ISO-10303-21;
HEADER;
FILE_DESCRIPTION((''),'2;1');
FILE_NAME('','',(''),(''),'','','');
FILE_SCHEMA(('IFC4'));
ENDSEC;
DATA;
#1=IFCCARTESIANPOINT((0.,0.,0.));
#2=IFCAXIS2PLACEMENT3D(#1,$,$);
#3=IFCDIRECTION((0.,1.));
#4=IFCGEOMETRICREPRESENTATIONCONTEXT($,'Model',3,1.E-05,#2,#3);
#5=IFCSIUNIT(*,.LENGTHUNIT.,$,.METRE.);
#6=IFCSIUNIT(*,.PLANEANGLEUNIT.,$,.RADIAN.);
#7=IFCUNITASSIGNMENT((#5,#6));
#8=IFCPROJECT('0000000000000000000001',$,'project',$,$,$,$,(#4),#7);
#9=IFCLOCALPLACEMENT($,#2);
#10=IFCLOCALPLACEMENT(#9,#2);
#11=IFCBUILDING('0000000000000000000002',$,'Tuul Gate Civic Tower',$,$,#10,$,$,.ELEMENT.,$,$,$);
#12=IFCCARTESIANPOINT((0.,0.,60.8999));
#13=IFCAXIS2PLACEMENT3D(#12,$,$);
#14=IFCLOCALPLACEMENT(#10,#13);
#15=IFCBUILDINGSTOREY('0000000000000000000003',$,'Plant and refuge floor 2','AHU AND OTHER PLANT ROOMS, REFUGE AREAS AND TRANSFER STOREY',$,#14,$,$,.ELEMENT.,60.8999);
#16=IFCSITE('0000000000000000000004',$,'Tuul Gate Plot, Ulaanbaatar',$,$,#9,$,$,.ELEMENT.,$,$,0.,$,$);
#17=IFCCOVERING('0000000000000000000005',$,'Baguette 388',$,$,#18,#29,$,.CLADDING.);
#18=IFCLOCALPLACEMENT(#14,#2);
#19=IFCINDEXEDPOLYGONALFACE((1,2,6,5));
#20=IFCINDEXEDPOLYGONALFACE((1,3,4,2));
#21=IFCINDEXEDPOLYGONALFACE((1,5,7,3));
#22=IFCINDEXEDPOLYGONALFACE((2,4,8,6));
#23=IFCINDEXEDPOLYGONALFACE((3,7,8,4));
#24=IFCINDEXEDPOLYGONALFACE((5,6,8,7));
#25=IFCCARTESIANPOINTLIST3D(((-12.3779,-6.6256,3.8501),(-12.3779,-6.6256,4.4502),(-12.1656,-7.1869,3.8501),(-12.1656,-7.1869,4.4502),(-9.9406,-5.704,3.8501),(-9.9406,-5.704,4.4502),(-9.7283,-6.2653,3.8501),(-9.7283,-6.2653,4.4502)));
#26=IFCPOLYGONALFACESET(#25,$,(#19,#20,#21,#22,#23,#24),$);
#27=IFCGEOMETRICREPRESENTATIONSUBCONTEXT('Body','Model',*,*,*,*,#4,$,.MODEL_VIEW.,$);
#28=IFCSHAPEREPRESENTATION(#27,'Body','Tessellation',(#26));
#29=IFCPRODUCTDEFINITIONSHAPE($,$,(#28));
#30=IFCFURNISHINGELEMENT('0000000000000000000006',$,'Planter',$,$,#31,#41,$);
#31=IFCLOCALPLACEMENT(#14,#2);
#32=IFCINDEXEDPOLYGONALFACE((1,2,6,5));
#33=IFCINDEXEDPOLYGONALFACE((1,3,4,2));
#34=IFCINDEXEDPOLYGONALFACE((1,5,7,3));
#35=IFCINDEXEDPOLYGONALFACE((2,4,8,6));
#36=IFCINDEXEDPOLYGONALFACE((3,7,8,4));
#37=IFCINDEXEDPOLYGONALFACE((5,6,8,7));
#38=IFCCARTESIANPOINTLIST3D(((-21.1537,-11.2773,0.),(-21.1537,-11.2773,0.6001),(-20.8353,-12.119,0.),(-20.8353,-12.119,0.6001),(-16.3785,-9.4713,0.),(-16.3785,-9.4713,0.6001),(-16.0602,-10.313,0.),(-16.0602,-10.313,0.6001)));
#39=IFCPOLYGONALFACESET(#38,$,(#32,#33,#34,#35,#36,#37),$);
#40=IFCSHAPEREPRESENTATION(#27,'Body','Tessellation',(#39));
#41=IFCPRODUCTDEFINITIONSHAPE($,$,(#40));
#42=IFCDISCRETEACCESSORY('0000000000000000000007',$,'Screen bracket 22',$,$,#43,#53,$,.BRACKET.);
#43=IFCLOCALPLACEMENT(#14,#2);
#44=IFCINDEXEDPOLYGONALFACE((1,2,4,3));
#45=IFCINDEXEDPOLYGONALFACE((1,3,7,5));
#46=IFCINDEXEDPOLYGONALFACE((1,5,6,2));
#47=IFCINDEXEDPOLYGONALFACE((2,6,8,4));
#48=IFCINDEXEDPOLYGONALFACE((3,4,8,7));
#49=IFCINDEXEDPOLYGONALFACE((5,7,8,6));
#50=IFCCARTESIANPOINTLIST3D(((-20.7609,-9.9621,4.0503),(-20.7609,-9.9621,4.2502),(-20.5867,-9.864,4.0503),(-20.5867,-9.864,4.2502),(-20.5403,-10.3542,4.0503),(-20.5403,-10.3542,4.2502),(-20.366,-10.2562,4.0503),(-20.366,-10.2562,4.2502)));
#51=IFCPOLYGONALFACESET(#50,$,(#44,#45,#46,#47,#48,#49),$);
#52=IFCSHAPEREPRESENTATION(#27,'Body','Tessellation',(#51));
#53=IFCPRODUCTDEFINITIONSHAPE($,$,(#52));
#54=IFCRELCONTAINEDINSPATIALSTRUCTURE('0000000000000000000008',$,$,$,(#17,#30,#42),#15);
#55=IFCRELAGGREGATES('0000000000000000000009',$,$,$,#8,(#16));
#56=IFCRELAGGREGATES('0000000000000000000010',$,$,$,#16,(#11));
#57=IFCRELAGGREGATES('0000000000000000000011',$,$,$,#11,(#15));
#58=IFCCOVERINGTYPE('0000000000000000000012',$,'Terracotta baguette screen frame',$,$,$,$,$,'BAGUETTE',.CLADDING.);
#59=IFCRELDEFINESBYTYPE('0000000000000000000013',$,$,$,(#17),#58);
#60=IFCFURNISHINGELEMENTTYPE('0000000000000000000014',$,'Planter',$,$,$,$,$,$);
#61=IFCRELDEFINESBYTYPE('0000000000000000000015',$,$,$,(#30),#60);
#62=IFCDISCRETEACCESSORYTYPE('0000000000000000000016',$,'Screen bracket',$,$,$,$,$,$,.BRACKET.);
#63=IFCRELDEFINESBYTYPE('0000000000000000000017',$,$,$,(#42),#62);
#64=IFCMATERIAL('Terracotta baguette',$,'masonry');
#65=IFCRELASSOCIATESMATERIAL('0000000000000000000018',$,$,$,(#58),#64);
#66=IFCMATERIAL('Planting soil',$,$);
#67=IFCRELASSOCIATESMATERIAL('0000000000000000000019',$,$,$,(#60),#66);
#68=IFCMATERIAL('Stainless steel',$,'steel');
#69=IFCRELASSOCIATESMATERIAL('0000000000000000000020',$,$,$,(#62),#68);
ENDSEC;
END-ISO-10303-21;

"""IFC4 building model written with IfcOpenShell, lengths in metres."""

from ifc_helpers import new_model, si_unit, direction, frame, origin, origin_2d, place, context, subcontext, project, spatial, rectangle, extrude, material, material_profile, profile_set, type_object, element, save


model = new_model("IFC4")

# Units and contexts
model_context = context("Model", 3, precision=1e-05, world=origin(), true_north=direction((0.0, 1.0)))
body_context = subcontext(model_context, "Body", "Model", "MODEL_VIEW")
ifc_project = project(units=[si_unit("LENGTHUNIT", "METRE"), si_unit("PLANEANGLEUNIT", "RADIAN")], contexts=[model_context])

# Site, building, storey
site_placement = place(None, origin())
site = spatial("IfcSite", under=ifc_project, at=site_placement, Name="Tuul Gate Plot, Ulaanbaatar", CompositionType="ELEMENT", RefElevation=0.0)
building_placement = place(site_placement, origin())
building = spatial("IfcBuilding", under=site, at=building_placement, Name="Tuul Gate Civic Tower", CompositionType="ELEMENT")
storey_placement = place(building_placement, frame((0.0, 0.0, 60.8999)))
storey = spatial("IfcBuildingStorey", under=building, at=storey_placement, Name="Plant and refuge floor 2", Description="AHU AND OTHER PLANT ROOMS, REFUGE AREAS AND TRANSFER STOREY", CompositionType="ELEMENT", Elevation=60.8999)

# Covering
ifc_material_1 = material(Name="Terracotta baguette", Category="masonry")
ifc_material_profile_1 = material_profile(ifc_material_1, rectangle(XDim=0.6001, YDim=0.6001, at=origin_2d()), Name="Terracotta baguette screen frame")
ifc_profile_set_1 = profile_set([ifc_material_profile_1], Name="Terracotta baguette")
covering_type = type_object("IfcCoveringType", Name="Terracotta baguette screen frame", ElementType="BAGUETTE", PredefinedType="CLADDING", material=ifc_profile_set_1)
covering_1_placement = place(storey_placement, frame((-12.2717, -6.9062, 4.1501), z_axis=(0.935359, 0.353699, 0.0), x_axis=(-0.353699, 0.935359, 0.0)))
element("IfcCovering", 1, at=covering_1_placement, inside=storey, type_object=covering_type, Name="Baguette 388", PredefinedType="CLADDING", context=body_context, shape_type="SweptSolid", body=[
    extrude(rectangle(XDim=0.6001, YDim=0.6001, at=origin_2d()), origin(), (0.0, 0.0, 1.0), 2.6057),
])

# Furnishing element
ifc_material_2 = material(Name="Planting soil")
furnishing_element_type = type_object("IfcFurnishingElementType", Name="Planter", material=ifc_material_2)
furnishing_placement = place(storey_placement, frame((-18.6069, -10.7952, 0.0), z_axis=(0.0, 0.0, 1.0), x_axis=(0.93534, 0.35375, 0.0)))
element("IfcFurnishingElement", 2, at=furnishing_placement, inside=storey, type_object=furnishing_element_type, Name="Planter", context=body_context, shape_type="SweptSolid", body=[
    extrude(rectangle(XDim=5.1052, YDim=0.8999, at=origin_2d()), origin(), (0.0, 0.0, 1.0), 0.6001),
])

# Discrete accessory
ifc_material_3 = material(Name="Stainless steel", Category="steel")
discrete_accessory_type = type_object("IfcDiscreteAccessoryType", Name="Screen bracket", PredefinedType="BRACKET", material=ifc_material_3)
discrete_accessory_placement = place(storey_placement, frame((-20.5635, -10.1091, 4.0503), z_axis=(0.0, 0.0, 1.0), x_axis=(0.490458, -0.871465, 0.0)))
element("IfcDiscreteAccessory", 3, at=discrete_accessory_placement, inside=storey, type_object=discrete_accessory_type, Name="Screen bracket 22", PredefinedType="BRACKET", context=body_context, shape_type="SweptSolid", body=[
    extrude(rectangle(XDim=0.45, YDim=0.2, at=origin_2d()), origin(), (0.0, 0.0, 1.0), 0.2),
])

save(model, "model.ifc")
